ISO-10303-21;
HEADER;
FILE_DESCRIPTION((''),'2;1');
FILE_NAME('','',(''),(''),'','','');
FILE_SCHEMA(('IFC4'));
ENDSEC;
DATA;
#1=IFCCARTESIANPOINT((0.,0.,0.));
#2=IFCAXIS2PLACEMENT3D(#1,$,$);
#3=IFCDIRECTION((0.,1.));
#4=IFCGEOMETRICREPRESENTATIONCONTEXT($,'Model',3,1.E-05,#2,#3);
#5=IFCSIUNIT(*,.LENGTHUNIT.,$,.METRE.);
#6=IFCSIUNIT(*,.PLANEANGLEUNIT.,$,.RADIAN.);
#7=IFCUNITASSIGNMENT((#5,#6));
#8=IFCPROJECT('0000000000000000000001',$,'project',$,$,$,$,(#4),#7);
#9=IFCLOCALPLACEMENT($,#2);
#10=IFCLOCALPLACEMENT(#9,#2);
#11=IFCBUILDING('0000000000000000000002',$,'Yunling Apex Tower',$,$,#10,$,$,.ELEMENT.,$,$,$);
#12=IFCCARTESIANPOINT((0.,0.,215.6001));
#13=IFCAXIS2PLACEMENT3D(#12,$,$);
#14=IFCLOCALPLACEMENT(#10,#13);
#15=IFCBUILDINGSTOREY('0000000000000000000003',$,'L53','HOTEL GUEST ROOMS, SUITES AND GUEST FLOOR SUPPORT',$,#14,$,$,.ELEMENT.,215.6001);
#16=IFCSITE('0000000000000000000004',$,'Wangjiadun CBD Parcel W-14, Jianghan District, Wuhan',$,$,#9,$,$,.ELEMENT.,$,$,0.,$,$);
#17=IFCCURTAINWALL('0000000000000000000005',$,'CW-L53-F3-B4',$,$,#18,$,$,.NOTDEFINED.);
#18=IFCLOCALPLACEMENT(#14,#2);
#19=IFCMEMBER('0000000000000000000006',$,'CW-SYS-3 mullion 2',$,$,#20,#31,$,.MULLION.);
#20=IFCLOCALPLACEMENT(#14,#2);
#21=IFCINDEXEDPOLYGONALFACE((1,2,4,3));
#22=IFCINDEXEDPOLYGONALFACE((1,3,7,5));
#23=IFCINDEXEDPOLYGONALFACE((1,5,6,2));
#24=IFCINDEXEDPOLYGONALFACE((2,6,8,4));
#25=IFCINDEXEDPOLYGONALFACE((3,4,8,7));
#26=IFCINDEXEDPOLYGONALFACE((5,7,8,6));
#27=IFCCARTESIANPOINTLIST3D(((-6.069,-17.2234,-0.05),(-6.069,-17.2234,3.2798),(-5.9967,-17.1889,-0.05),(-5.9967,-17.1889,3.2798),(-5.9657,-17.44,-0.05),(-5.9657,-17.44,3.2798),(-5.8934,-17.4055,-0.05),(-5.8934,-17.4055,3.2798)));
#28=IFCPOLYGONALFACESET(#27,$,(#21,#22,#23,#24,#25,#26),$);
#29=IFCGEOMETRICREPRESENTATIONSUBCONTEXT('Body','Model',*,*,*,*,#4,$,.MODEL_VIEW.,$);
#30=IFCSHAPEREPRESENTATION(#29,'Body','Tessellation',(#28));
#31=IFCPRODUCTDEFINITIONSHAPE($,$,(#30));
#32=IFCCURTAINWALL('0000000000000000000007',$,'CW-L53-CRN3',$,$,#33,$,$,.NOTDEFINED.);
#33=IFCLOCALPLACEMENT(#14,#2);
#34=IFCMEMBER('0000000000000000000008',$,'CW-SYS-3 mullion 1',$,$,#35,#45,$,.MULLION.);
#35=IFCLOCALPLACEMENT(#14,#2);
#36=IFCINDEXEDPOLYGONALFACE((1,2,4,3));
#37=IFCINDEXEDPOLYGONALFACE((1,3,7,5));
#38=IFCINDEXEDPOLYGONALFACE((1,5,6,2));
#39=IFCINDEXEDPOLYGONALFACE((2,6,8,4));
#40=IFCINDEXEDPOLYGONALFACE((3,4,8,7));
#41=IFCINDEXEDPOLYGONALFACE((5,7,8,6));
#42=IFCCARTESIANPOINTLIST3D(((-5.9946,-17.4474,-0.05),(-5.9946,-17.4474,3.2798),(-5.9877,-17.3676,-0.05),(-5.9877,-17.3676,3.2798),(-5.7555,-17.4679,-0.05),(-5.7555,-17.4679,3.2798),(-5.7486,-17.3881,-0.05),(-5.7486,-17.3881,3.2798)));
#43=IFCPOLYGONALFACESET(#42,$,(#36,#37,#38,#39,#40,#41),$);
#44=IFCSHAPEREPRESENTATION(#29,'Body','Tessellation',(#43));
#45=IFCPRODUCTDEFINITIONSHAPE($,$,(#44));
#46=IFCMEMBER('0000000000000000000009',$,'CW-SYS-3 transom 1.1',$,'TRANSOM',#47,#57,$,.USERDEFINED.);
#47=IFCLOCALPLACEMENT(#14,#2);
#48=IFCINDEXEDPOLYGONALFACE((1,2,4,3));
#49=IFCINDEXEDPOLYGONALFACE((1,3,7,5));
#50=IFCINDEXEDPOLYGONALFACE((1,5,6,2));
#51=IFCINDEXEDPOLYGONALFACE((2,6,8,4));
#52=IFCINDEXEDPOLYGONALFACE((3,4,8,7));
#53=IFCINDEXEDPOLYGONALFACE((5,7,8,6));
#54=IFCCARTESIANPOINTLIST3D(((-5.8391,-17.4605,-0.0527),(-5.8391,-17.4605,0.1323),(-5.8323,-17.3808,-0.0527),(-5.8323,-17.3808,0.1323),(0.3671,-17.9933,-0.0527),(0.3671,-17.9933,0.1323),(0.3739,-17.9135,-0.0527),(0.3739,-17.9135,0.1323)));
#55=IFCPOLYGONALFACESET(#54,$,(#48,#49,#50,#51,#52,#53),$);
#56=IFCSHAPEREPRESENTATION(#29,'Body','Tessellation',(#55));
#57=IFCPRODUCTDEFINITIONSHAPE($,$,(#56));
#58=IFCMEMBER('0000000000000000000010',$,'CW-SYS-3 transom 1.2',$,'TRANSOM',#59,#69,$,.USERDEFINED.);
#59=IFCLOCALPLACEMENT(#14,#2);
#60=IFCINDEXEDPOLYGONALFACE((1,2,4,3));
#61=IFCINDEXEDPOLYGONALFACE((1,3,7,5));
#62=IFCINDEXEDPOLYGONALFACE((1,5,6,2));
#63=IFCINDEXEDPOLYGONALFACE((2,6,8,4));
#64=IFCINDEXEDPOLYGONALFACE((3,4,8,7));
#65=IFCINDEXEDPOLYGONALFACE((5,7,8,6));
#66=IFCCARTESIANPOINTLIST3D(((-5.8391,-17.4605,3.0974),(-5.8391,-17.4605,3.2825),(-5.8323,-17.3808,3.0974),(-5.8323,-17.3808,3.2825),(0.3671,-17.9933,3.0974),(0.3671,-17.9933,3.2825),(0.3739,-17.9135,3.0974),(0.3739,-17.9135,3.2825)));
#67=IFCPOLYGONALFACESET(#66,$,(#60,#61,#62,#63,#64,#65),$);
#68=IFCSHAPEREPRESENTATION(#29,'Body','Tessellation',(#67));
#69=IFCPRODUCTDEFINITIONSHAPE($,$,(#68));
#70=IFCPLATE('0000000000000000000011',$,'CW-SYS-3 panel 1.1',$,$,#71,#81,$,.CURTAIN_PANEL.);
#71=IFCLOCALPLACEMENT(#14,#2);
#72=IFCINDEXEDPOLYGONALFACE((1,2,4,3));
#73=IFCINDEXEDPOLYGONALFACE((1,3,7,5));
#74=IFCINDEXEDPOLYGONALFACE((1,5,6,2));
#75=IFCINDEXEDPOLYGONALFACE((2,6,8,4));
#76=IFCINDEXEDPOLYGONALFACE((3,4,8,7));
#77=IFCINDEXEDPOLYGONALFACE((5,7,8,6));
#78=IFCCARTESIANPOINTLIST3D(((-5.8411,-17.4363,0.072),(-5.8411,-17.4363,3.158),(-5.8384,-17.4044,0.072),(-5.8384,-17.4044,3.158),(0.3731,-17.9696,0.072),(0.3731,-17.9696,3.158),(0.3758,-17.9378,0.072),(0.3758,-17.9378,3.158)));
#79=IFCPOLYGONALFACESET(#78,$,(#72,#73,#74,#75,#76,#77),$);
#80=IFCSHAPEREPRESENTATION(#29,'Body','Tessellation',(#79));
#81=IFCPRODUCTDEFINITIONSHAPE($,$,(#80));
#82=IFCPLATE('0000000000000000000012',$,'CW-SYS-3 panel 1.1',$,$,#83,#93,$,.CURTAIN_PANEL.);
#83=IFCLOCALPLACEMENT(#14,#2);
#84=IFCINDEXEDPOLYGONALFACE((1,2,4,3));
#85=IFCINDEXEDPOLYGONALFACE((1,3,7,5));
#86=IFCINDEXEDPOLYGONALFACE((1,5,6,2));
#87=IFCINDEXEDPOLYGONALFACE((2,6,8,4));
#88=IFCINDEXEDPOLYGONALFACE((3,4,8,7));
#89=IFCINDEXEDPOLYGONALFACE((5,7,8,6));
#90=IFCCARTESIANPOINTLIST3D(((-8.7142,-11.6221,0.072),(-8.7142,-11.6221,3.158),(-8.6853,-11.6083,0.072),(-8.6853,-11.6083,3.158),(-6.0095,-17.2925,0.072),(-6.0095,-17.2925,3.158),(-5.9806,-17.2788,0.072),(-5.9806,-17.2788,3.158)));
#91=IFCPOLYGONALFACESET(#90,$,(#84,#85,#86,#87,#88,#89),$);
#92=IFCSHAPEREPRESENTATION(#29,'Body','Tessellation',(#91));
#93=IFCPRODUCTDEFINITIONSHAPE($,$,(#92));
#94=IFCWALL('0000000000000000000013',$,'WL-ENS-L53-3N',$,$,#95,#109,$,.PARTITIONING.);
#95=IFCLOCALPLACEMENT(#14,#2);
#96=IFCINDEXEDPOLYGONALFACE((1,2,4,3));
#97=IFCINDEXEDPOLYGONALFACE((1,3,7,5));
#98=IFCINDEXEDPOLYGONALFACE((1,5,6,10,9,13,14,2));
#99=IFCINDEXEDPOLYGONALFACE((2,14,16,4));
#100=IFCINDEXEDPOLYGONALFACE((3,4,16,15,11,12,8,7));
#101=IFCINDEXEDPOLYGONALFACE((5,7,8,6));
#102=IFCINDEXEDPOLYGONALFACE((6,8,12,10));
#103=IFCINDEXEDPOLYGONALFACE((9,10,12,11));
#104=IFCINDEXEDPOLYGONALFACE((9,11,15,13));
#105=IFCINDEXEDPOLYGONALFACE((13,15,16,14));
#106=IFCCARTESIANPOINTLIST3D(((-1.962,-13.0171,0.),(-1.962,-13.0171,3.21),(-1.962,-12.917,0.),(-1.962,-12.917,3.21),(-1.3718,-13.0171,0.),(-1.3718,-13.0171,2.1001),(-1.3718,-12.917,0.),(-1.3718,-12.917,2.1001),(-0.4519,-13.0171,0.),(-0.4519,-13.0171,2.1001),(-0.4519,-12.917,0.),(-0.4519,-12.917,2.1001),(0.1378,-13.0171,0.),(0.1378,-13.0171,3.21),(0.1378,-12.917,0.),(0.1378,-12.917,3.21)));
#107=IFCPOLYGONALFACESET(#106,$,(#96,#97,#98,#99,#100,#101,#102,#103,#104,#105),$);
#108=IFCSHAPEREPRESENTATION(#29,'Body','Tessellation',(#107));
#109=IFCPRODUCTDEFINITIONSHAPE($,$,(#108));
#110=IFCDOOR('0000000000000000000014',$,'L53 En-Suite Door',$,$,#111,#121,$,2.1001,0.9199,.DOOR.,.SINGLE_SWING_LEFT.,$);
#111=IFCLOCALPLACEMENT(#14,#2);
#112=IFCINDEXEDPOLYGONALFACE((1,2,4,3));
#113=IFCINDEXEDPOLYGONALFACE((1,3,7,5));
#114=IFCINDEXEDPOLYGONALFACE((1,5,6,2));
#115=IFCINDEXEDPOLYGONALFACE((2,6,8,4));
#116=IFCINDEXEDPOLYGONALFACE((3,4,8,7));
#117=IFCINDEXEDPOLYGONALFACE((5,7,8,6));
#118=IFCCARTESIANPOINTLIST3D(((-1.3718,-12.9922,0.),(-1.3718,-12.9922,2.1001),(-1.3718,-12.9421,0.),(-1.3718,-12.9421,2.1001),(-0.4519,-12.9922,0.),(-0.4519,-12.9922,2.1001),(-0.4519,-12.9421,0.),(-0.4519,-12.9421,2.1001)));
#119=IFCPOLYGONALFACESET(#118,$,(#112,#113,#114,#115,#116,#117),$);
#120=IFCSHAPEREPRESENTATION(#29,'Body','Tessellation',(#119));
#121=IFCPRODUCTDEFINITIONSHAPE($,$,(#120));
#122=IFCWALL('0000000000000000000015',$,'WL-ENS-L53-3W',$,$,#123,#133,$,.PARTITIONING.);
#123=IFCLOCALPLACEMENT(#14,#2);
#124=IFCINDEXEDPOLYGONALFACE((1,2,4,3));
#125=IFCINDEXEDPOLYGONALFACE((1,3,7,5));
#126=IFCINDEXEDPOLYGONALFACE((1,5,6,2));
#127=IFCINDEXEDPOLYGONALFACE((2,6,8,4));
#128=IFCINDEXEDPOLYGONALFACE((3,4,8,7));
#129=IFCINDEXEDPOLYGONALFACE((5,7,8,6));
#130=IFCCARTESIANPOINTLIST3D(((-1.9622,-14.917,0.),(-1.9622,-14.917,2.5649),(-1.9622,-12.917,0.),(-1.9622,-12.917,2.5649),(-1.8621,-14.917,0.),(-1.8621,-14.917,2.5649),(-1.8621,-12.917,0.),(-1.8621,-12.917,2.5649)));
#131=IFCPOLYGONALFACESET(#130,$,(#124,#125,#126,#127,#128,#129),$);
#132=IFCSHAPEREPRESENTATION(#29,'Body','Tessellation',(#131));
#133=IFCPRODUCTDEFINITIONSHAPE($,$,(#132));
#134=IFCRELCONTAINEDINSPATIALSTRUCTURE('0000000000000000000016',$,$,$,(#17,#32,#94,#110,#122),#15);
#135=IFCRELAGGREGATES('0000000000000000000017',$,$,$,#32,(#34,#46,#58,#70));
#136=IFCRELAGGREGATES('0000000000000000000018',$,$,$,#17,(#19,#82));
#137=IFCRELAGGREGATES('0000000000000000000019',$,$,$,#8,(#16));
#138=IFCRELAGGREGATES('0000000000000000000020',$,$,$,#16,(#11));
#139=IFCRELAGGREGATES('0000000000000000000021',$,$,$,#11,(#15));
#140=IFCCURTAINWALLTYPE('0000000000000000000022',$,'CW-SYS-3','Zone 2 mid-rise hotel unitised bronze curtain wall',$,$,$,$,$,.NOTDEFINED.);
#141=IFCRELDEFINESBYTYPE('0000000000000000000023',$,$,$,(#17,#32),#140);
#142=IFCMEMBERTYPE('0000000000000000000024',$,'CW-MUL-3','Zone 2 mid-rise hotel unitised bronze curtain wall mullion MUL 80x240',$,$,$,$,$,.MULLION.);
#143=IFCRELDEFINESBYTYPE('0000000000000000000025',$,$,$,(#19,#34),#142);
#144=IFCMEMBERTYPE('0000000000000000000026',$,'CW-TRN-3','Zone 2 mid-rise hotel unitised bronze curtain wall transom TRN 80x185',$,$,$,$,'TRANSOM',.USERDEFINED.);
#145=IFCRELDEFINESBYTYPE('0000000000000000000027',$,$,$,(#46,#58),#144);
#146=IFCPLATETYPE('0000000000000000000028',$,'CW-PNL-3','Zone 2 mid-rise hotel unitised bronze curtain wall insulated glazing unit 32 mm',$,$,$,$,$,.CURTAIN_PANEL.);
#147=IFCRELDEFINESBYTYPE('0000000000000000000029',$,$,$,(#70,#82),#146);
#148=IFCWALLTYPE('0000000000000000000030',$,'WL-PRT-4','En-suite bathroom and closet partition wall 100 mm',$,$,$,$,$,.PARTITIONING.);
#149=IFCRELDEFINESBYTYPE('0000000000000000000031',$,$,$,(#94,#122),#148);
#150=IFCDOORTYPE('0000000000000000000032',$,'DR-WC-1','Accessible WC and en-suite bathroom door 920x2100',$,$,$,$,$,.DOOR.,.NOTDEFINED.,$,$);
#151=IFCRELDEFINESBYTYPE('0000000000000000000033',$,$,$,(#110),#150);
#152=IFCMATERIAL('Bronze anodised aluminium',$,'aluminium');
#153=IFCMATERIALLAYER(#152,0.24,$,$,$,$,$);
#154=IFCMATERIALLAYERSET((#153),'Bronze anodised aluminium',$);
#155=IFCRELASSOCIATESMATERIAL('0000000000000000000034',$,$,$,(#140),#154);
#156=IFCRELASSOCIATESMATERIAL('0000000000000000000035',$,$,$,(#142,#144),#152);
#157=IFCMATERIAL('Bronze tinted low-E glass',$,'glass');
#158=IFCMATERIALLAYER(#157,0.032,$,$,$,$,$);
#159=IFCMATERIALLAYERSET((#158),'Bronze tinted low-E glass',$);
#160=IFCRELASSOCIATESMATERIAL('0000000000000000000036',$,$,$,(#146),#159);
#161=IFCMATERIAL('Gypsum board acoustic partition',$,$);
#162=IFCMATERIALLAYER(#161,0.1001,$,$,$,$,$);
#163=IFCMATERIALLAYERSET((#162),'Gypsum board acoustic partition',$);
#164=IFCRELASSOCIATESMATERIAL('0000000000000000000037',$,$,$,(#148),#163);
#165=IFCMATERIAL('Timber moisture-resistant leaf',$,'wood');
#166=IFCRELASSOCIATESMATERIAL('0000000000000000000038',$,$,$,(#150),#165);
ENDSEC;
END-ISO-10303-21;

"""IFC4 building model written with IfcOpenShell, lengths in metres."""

from ifc_helpers import new_model, si_unit, direction, frame, frame_2d, origin, origin_2d, place, context, subcontext, project, spatial, rectangle, extrude, source, transform, mapped, material, layer, layer_set, material_profile, profile_set, type_object, element, fill, aggregate, save


model = new_model("IFC4")

# Units and contexts
model_context = context("Model", 3, precision=1e-05, world=origin(), true_north=direction((0.0, 1.0)))
body_context = subcontext(model_context, "Body", "Model", "MODEL_VIEW")
ifc_project = project(units=[si_unit("LENGTHUNIT", "METRE"), si_unit("PLANEANGLEUNIT", "RADIAN")], contexts=[model_context])

# Site, building, storey
site_placement = place(None, origin())
site = spatial("IfcSite", under=ifc_project, at=site_placement, Name="Wangjiadun CBD Parcel W-14, Jianghan District, Wuhan", CompositionType="ELEMENT", RefElevation=0.0)
building_placement = place(site_placement, origin())
building = spatial("IfcBuilding", under=site, at=building_placement, Name="Yunling Apex Tower", CompositionType="ELEMENT")
storey_placement = place(building_placement, frame((0.0, 0.0, 215.6001)))
storey = spatial("IfcBuildingStorey", under=building, at=storey_placement, Name="L53", Description="HOTEL GUEST ROOMS, SUITES AND GUEST FLOOR SUPPORT", CompositionType="ELEMENT", Elevation=215.6001)

# Curtain wall, member
ifc_material_1 = material(Name="Bronze anodised aluminium", Category="aluminium")
ifc_layer_1 = layer(ifc_material_1, 0.24)
ifc_layer_set_1 = layer_set([ifc_layer_1], Name="Bronze anodised aluminium")
curtain_wall_type = type_object("IfcCurtainWallType", Name="CW-SYS-3", Description="Zone 2 mid-rise hotel unitised bronze curtain wall", PredefinedType="NOTDEFINED", material=ifc_layer_set_1)
curtain_wall_1_placement = place(storey_placement, origin())
curtain_wall_1 = element("IfcCurtainWall", 1, at=curtain_wall_1_placement, inside=storey, type_object=curtain_wall_type, Name="CW-L53-F3-B4", PredefinedType="NOTDEFINED")
ifc_material_profile_1 = material_profile(ifc_material_1, rectangle(XDim=0.0801, YDim=0.24, at=origin_2d()))
ifc_profile_set_1 = profile_set([ifc_material_profile_1], Name="Bronze anodised aluminium")
member_type_1 = type_object("IfcMemberType", Name="CW-MUL-3", Description="Zone 2 mid-rise hotel unitised bronze curtain wall mullion MUL 80x240", PredefinedType="MULLION", material=ifc_profile_set_1)
shared_shape_1 = source(origin(), body_context, "Body", "SweptSolid", [
    extrude(rectangle(XDim=0.0801, YDim=0.24, at=origin_2d()), origin(), (0.0, 0.0, 1.0), 3.3298),
])
member_1_placement = place(storey_placement, frame((-5.9812, -17.3145, -0.05), z_axis=(0.0, 0.0, 1.0), x_axis=(0.902582, 0.430518, 0.0)))
member_1 = element("IfcMember", 2, at=member_1_placement, type_object=member_type_1, Name="CW-SYS-3 mullion 2", PredefinedType="MULLION", context=body_context, shape_type="MappedRepresentation", body=[
    mapped(shared_shape_1, transform((0.0, 0.0, 0.0), scale=1.0)),
])

# Curtain wall, members, plate
curtain_wall_2_placement = place(storey_placement, origin())
curtain_wall_2 = element("IfcCurtainWall", 3, at=curtain_wall_2_placement, inside=storey, type_object=curtain_wall_type, Name="CW-L53-CRN3", PredefinedType="NOTDEFINED")
member_2_placement = place(storey_placement, frame((-5.8716, -17.4177, -0.05), z_axis=(0.0, 0.0, 1.0), x_axis=(0.085517, 0.996337, 0.0)))
member_2 = element("IfcMember", 4, at=member_2_placement, type_object=member_type_1, Name="CW-SYS-3 mullion 1", PredefinedType="MULLION", context=body_context, shape_type="MappedRepresentation", body=[
    mapped(shared_shape_1, transform((0.0, 0.0, 0.0), scale=1.0)),
])
ifc_material_profile_2 = material_profile(ifc_material_1, rectangle(XDim=0.0801, YDim=0.1851, at=origin_2d()))
ifc_profile_set_2 = profile_set([ifc_material_profile_2], Name="Bronze anodised aluminium")
member_type_2 = type_object("IfcMemberType", Name="CW-TRN-3", Description="Zone 2 mid-rise hotel unitised bronze curtain wall transom TRN 80x185", ElementType="TRANSOM", PredefinedType="USERDEFINED", material=ifc_profile_set_2)
shared_shape_2 = source(origin(), body_context, "Body", "SweptSolid", [
    extrude(rectangle(XDim=0.0801, YDim=0.1851, at=origin_2d()), origin(), (0.0, 0.0, 1.0), 6.229),
])
member_3_placement = place(storey_placement, frame((-5.8357, -17.4207, 0.0398), z_axis=(0.996336, -0.08552, 0.0), x_axis=(0.08552, 0.996336, 0.0)))
member_3 = element("IfcMember", 5, at=member_3_placement, type_object=member_type_2, Name="CW-SYS-3 transom 1.1", ObjectType="TRANSOM", PredefinedType="USERDEFINED", context=body_context, shape_type="MappedRepresentation", body=[
    mapped(shared_shape_2, transform((0.0, 0.0, 0.0), scale=1.0)),
])
member_4_placement = place(storey_placement, frame((-5.8357, -17.4207, 3.1899), z_axis=(0.996336, -0.08552, 0.0), x_axis=(0.08552, 0.996336, 0.0)))
member_4 = element("IfcMember", 6, at=member_4_placement, type_object=member_type_2, Name="CW-SYS-3 transom 1.2", ObjectType="TRANSOM", PredefinedType="USERDEFINED", context=body_context, shape_type="MappedRepresentation", body=[
    mapped(shared_shape_2, transform((0.0, 0.0, 0.0), scale=1.0)),
])
ifc_material_2 = material(Name="Bronze tinted low-E glass", Category="glass")
ifc_layer_2 = layer(ifc_material_2, 0.032)
ifc_layer_set_2 = layer_set([ifc_layer_2], Name="Bronze tinted low-E glass")
plate_type = type_object("IfcPlateType", Name="CW-PNL-3", Description="Zone 2 mid-rise hotel unitised bronze curtain wall insulated glazing unit 32 mm", PredefinedType="CURTAIN_PANEL", material=ifc_layer_set_2)
shared_shape_3 = source(origin(), body_context, "Body", "SweptSolid", [
    extrude(rectangle(XDim=6.2371, YDim=0.032, at=origin_2d()), origin(), (0.0, 0.0, 1.0), 3.0859),
])
plate_1_placement = place(storey_placement, frame((-2.7327, -17.687, 0.072), z_axis=(0.0, 0.0, 1.0), x_axis=(0.996337, -0.085517, 0.0)))
plate_1 = element("IfcPlate", 7, at=plate_1_placement, type_object=plate_type, Name="CW-SYS-3 panel 1.1", PredefinedType="CURTAIN_PANEL", context=body_context, shape_type="MappedRepresentation", body=[
    mapped(shared_shape_3, transform((0.0, 0.0, 0.0), scale=1.0)),
])
aggregate(curtain_wall_2, [member_2, member_3, member_4, plate_1])

# Plate
shared_shape_4 = source(origin(), body_context, "Body", "SweptSolid", [
    extrude(rectangle(XDim=6.2825, YDim=0.032, at=origin_2d()), origin(), (0.0, 0.0, 1.0), 3.0859),
])
plate_2_placement = place(storey_placement, frame((-7.3474, -14.4504, 0.072), z_axis=(0.0, 0.0, 1.0), x_axis=(0.430518, -0.902582, 0.0)))
plate_2 = element("IfcPlate", 8, at=plate_2_placement, type_object=plate_type, Name="CW-SYS-3 panel 1.1", PredefinedType="CURTAIN_PANEL", context=body_context, shape_type="MappedRepresentation", body=[
    mapped(shared_shape_4, transform((0.0, 0.0, 0.0), scale=1.0)),
])
aggregate(curtain_wall_1, [member_1, plate_2])

# Wall, opening, door
ifc_material_3 = material(Name="Gypsum board acoustic partition")
ifc_layer_3 = layer(ifc_material_3, 0.1001)
ifc_layer_set_3 = layer_set([ifc_layer_3], Name="Gypsum board acoustic partition")
wall_type = type_object("IfcWallType", Name="WL-PRT-4", Description="En-suite bathroom and closet partition wall 100 mm", PredefinedType="PARTITIONING", material=ifc_layer_set_3)
wall_1_placement = place(storey_placement, frame((-1.9619, -12.967, 0.0), z_axis=(0.0, 0.0, 1.0), x_axis=(1.0, 0.0, 0.0)))
wall_1 = element("IfcWall", 9, at=wall_1_placement, inside=storey, type_object=wall_type, Name="WL-ENS-L53-3N", PredefinedType="PARTITIONING", context=body_context, shape_type="SweptSolid", body=[
    extrude(rectangle(XDim=2.0999, YDim=0.1001, at=frame_2d((1.0498, 0.0))), origin(), (0.0, 0.0, 1.0), 3.21),
])
opening_placement = place(wall_1_placement, frame((0.5901, 0.0, 0.0)))
opening = element("IfcOpeningElement", 10, at=opening_placement, cuts=wall_1, PredefinedType="OPENING", context=body_context, shape_type="SweptSolid", body=[
    extrude(rectangle(XDim=0.9199, YDim=2.1001, at=frame_2d((0.46, 1.05))), frame((0.0, 0.0601, 0.0), z_axis=(0.0, -1.0, 0.0), x_axis=(1.0, 0.0, 0.0)), (0.0, 0.0, 1.0), 0.1201),
])
ifc_material_4 = material(Name="Timber moisture-resistant leaf", Category="wood")
door_type = type_object("IfcDoorType", Name="DR-WC-1", Description="Accessible WC and en-suite bathroom door 920x2100", OperationType="NOTDEFINED", PredefinedType="DOOR", material=ifc_material_4)
door_placement = place(opening_placement, origin())
door = element("IfcDoor", 11, at=door_placement, inside=storey, type_object=door_type, Name="L53 En-Suite Door", OperationType="SINGLE_SWING_LEFT", OverallHeight=2.1001, OverallWidth=0.9199, PredefinedType="DOOR", context=body_context, shape_type="SweptSolid", body=[
    extrude(rectangle(XDim=0.9199, YDim=2.1001, at=frame_2d((0.46, 1.05))), frame((0.0, 0.0249, 0.0), z_axis=(0.0, -1.0, 0.0), x_axis=(1.0, 0.0, 0.0)), (0.0, 0.0, 1.0), 0.05),
])
fill(opening, door)

# Wall
wall_2_placement = place(storey_placement, frame((-1.9121, -14.917, 0.0), z_axis=(0.0, 0.0, 1.0), x_axis=(0.0, 1.0, 0.0)))
element("IfcWall", 12, at=wall_2_placement, inside=storey, type_object=wall_type, Name="WL-ENS-L53-3W", PredefinedType="PARTITIONING", context=body_context, shape_type="SweptSolid", body=[
    extrude(rectangle(XDim=2.0, YDim=0.1001, at=frame_2d((1.0, 0.0))), origin(), (0.0, 0.0, 1.0), 2.5649),
])

save(model, "model.ifc")
